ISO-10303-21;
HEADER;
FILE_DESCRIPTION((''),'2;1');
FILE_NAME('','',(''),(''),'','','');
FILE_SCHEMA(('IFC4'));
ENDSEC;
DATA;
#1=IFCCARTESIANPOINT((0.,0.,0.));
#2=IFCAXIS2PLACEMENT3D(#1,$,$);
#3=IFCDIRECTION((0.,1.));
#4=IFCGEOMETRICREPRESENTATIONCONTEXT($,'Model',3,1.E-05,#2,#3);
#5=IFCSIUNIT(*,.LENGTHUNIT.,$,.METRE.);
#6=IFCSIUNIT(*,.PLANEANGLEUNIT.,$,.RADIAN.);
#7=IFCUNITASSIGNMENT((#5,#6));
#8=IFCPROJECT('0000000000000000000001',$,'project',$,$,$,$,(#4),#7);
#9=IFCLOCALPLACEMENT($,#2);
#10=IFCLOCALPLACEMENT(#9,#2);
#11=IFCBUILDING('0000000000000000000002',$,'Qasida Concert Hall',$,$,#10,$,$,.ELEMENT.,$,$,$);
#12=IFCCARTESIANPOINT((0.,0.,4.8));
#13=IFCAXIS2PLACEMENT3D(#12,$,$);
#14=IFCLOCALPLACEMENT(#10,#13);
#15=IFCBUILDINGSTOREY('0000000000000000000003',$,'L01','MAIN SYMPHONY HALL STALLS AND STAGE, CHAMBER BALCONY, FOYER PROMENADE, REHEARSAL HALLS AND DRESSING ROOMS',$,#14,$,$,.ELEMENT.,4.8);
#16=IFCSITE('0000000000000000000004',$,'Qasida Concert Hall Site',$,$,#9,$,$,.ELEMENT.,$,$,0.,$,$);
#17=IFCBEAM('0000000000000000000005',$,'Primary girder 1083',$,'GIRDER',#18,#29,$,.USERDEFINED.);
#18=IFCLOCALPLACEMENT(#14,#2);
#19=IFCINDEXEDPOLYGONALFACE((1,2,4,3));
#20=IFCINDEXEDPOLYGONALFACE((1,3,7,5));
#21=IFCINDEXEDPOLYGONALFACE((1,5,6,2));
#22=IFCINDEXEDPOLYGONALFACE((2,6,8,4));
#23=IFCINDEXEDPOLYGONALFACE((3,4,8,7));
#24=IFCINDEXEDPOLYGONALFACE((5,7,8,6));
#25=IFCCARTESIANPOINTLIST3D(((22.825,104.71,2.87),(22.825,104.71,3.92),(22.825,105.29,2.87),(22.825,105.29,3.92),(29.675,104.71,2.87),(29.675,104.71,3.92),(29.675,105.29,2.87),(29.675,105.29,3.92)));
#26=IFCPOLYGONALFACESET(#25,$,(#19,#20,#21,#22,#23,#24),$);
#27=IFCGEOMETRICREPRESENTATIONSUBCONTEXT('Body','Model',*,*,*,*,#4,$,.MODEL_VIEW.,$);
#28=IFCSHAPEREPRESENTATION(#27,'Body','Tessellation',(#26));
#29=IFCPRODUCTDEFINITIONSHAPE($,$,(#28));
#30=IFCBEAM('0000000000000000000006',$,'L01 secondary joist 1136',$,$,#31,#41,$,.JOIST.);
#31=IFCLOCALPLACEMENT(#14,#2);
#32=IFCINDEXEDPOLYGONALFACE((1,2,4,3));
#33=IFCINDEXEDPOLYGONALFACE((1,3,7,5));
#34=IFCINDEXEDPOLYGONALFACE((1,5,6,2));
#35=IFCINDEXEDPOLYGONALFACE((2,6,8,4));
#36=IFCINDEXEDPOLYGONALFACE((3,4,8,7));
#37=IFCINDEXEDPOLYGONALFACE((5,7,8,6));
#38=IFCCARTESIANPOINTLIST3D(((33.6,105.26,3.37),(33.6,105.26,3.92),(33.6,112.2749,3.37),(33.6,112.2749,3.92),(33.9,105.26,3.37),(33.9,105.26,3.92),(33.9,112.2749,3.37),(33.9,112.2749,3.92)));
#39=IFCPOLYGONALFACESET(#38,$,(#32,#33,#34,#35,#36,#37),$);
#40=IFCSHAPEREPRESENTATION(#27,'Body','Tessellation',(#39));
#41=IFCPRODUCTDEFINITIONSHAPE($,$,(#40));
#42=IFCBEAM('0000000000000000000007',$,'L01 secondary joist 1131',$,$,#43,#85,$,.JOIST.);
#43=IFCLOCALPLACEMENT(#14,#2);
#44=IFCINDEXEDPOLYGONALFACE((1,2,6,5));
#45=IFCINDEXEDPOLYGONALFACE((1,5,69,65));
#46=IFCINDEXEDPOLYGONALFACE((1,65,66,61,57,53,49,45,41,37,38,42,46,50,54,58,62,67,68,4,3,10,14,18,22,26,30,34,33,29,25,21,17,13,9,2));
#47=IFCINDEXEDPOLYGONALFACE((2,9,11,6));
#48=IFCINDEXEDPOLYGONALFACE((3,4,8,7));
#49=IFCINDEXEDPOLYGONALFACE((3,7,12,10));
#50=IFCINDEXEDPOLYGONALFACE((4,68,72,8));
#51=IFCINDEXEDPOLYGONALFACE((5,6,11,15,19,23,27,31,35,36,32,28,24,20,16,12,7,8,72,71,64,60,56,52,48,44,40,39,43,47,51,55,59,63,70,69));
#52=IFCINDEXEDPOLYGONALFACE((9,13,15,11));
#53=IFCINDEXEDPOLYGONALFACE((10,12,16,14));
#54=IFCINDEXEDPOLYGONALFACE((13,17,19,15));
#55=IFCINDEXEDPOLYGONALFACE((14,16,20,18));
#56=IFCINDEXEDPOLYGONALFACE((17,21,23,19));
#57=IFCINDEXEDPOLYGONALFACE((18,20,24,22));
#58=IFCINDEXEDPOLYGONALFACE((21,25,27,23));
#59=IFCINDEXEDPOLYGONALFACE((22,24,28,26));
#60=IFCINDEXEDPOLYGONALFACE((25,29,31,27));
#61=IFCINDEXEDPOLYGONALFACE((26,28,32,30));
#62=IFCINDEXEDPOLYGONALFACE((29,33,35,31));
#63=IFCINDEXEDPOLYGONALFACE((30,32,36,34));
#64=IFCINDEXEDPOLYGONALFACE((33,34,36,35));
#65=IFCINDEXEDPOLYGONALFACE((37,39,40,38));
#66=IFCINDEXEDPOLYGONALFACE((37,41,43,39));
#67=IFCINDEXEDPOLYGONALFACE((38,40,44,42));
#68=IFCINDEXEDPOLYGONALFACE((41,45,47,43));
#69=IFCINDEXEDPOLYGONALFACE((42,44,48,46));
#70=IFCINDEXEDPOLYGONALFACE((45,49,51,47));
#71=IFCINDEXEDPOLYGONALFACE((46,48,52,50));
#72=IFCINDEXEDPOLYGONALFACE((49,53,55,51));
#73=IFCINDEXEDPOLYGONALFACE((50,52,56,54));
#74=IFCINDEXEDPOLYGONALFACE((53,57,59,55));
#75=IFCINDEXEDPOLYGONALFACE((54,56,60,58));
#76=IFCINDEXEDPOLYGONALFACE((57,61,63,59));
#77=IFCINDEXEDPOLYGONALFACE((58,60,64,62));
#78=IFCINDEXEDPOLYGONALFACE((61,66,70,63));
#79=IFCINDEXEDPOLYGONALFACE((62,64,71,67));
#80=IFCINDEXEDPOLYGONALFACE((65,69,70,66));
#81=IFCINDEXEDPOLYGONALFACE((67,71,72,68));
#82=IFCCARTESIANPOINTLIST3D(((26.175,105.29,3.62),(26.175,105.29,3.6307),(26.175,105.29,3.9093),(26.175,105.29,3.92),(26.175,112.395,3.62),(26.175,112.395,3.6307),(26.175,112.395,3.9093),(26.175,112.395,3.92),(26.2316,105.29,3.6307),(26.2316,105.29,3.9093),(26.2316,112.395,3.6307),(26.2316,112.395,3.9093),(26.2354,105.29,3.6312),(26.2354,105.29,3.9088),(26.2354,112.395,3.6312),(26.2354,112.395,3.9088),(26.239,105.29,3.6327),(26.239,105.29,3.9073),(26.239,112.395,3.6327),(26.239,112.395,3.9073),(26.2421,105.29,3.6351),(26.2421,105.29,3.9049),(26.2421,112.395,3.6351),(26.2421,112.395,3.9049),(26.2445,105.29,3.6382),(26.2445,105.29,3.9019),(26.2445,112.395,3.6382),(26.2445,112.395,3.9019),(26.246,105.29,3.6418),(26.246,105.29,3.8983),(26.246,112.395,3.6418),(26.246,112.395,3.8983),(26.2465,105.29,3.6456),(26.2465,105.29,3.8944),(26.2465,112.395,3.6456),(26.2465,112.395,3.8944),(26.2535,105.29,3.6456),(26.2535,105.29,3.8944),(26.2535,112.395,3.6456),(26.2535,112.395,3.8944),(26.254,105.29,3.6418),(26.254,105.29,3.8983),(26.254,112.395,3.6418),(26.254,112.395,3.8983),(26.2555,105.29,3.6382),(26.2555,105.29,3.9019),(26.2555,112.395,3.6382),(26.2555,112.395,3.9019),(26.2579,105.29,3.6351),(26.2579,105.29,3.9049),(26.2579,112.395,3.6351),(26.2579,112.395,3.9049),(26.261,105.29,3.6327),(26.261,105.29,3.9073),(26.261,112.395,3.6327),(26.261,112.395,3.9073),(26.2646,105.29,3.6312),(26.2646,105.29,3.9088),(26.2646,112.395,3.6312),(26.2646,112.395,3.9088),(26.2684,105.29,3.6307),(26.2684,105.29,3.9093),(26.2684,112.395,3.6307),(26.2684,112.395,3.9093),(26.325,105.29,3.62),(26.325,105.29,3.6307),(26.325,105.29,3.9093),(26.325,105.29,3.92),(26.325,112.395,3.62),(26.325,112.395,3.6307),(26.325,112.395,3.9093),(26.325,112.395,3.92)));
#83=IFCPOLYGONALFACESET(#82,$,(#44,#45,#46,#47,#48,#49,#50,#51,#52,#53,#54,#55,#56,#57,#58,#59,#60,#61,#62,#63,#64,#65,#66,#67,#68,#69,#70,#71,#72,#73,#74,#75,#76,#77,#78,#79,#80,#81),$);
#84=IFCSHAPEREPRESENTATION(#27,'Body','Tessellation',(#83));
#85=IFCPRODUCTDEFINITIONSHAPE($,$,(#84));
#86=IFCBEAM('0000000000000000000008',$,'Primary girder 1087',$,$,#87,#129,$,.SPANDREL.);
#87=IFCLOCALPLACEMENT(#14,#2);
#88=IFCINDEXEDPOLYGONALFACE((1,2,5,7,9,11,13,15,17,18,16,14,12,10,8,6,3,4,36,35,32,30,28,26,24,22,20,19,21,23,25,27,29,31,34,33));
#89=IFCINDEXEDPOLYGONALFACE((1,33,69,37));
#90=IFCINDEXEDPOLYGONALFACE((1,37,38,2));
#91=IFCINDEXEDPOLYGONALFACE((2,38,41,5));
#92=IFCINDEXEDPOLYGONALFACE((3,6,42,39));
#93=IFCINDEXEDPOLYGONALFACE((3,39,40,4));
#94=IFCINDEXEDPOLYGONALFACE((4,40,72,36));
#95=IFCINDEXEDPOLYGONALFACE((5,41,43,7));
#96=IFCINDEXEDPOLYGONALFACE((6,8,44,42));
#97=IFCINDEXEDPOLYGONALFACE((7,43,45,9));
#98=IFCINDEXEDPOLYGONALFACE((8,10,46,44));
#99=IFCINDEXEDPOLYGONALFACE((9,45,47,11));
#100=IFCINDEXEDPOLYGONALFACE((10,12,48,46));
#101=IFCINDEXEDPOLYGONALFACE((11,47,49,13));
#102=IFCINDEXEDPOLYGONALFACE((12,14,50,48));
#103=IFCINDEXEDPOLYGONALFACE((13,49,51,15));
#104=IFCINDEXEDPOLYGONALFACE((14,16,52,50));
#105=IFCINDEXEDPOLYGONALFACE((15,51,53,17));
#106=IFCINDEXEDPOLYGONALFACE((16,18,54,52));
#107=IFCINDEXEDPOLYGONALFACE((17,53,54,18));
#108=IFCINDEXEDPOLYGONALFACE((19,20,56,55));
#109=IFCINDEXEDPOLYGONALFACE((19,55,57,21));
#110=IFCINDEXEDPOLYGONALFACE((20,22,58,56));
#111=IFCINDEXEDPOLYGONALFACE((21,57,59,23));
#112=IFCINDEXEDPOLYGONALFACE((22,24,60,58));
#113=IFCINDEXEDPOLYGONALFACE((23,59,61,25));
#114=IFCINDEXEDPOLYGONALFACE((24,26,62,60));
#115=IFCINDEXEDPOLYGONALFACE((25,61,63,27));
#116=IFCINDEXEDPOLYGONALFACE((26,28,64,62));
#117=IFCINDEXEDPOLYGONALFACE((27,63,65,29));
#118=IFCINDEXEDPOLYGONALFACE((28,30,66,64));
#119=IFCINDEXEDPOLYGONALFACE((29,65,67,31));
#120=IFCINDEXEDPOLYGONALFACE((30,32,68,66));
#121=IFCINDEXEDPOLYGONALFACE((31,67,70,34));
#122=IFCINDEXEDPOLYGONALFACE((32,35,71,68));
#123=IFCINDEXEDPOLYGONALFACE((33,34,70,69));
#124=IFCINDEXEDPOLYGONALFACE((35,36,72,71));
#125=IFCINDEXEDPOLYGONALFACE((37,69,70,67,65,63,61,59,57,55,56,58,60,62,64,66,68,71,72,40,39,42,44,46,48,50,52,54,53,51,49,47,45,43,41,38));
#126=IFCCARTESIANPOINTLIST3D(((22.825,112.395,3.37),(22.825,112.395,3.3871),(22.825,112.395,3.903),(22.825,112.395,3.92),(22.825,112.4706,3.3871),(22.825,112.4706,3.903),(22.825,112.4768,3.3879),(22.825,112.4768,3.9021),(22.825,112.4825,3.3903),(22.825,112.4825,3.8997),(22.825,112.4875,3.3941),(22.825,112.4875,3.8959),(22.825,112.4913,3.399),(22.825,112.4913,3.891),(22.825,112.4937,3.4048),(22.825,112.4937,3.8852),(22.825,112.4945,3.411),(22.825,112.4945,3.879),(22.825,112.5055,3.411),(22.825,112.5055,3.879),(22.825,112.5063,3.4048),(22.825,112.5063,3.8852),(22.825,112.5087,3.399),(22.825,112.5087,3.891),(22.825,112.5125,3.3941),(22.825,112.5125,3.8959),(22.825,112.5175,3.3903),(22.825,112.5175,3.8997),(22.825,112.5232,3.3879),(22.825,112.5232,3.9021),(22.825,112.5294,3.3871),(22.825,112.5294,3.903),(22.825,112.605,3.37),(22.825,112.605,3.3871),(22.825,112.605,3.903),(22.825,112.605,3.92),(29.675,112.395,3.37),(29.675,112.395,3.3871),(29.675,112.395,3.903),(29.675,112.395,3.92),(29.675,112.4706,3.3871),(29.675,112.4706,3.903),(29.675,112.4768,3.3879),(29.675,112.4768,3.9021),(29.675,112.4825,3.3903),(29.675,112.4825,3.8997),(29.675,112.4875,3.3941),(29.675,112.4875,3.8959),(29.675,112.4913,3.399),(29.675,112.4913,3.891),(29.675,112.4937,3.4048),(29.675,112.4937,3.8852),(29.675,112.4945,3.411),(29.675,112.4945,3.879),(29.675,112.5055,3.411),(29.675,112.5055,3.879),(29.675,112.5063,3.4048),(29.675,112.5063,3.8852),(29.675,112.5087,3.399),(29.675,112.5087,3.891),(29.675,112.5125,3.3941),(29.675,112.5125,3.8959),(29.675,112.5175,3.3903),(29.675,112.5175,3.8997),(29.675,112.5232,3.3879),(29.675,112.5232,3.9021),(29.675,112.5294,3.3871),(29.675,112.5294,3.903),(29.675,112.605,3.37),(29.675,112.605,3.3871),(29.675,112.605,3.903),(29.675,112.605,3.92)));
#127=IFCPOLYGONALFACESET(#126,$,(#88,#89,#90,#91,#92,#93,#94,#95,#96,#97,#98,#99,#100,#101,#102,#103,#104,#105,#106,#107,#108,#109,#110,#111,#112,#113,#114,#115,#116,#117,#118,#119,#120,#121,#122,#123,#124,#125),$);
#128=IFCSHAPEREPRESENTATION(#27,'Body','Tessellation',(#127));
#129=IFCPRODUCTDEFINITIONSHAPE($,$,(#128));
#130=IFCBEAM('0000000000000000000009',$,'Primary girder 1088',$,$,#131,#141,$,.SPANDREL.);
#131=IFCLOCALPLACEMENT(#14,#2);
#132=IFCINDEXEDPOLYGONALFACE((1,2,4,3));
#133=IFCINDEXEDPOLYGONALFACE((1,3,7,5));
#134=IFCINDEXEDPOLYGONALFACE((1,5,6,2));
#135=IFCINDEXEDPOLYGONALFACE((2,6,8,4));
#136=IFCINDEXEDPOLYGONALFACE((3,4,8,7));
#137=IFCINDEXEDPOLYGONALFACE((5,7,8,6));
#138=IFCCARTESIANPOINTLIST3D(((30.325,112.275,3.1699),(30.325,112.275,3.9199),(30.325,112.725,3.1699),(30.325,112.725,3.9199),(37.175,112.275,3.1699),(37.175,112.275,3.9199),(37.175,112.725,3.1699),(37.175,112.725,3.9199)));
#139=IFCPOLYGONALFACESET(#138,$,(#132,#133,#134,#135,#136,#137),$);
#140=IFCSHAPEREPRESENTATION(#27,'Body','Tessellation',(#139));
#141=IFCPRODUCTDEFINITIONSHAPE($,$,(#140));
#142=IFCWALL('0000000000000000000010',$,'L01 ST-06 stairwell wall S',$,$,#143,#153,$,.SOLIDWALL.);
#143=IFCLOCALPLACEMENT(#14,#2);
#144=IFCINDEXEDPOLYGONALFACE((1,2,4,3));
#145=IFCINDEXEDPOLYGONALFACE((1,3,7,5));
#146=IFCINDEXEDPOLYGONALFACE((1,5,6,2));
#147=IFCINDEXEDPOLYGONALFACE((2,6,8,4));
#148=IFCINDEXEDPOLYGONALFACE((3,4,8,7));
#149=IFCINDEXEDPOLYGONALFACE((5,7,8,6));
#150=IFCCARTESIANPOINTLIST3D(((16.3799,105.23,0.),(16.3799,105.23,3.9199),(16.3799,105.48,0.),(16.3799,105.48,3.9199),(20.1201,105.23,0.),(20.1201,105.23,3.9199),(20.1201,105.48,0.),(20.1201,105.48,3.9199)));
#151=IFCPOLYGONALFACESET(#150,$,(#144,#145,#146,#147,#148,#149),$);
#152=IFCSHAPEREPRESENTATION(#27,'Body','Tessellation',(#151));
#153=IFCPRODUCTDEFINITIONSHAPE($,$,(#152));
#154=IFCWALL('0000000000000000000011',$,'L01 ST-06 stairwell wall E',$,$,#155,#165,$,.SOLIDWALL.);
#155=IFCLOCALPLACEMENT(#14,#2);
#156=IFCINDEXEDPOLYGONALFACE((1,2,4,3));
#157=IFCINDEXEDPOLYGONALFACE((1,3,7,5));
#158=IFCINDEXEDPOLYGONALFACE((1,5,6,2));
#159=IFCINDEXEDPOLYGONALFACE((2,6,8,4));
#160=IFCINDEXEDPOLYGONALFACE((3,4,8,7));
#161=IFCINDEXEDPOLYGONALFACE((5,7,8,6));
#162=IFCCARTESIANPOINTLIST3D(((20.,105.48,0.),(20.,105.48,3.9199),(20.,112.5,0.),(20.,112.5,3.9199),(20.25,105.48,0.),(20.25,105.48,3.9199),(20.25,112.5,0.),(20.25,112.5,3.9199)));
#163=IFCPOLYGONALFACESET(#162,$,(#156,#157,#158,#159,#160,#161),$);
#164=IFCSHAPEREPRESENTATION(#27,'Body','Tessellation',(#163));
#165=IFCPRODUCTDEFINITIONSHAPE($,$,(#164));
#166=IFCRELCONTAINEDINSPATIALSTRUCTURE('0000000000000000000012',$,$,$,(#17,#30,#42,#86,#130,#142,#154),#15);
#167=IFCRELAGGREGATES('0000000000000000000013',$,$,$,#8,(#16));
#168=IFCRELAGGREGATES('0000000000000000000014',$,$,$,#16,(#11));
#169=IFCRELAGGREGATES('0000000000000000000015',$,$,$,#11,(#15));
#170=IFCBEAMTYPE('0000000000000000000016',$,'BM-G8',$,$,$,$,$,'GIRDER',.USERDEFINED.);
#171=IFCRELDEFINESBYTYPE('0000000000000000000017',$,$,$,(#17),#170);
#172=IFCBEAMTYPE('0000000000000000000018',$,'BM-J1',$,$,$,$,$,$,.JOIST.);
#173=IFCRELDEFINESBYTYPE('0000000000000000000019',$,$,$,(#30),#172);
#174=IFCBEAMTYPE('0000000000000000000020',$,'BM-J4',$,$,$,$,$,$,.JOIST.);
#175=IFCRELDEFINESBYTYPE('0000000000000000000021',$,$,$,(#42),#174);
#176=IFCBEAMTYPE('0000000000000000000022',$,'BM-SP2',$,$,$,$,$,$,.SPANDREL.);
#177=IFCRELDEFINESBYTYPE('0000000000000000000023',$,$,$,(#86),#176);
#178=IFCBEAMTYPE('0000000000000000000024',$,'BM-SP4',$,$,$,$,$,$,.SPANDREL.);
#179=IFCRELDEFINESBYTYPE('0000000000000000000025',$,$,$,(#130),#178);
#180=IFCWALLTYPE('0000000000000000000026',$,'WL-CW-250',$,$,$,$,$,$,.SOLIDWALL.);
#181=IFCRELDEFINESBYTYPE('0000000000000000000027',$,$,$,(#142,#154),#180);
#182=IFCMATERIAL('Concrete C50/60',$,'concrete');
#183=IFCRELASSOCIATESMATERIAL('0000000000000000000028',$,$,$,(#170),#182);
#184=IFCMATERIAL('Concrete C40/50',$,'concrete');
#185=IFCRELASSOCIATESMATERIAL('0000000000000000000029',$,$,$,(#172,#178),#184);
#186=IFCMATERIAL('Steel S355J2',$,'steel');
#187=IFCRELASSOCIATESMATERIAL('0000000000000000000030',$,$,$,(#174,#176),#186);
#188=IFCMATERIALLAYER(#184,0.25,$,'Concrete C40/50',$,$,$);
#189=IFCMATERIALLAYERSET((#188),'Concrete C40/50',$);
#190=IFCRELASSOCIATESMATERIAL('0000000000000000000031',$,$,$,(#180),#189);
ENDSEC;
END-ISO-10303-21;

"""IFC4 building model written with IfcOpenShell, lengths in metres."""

from ifc_helpers import new_model, si_unit, direction, frame, frame_2d, origin, origin_2d, place, context, subcontext, project, spatial, rectangle, i_section, extrude, material, layer, layer_set, material_profile, profile_set, type_object, element, save


model = new_model("IFC4")

# Units and contexts
model_context = context("Model", 3, precision=1e-05, world=origin(), true_north=direction((0.0, 1.0)))
body_context = subcontext(model_context, "Body", "Model", "MODEL_VIEW")
ifc_project = project(units=[si_unit("LENGTHUNIT", "METRE"), si_unit("PLANEANGLEUNIT", "RADIAN")], contexts=[model_context])

# Site, building, storey
site_placement = place(None, origin())
site = spatial("IfcSite", under=ifc_project, at=site_placement, Name="Qasida Concert Hall Site", CompositionType="ELEMENT", RefElevation=0.0)
building_placement = place(site_placement, origin())
building = spatial("IfcBuilding", under=site, at=building_placement, Name="Qasida Concert Hall", CompositionType="ELEMENT")
storey_placement = place(building_placement, frame((0.0, 0.0, 4.8)))
storey = spatial("IfcBuildingStorey", under=building, at=storey_placement, Name="L01", Description="MAIN SYMPHONY HALL STALLS AND STAGE, CHAMBER BALCONY, FOYER PROMENADE, REHEARSAL HALLS AND DRESSING ROOMS", CompositionType="ELEMENT", Elevation=4.8)

# Shared definitions
ifc_material_1 = material(Name="Concrete C50/60", Category="concrete")

# Beams
ifc_material_2 = material(Name="Concrete C40/50", Category="concrete")
ifc_material_3 = material(Name="Steel S355J2", Category="steel")
ifc_material_profile_1 = material_profile(ifc_material_1, rectangle(XDim=0.5801, YDim=1.05, at=origin_2d()), Name="RC 580x1050")
ifc_profile_set_1 = profile_set([ifc_material_profile_1], Name="Concrete C50/60")
beam_type_1 = type_object("IfcBeamType", Name="BM-G8", ElementType="GIRDER", PredefinedType="USERDEFINED", material=ifc_profile_set_1)
beam_1_placement = place(storey_placement, frame((22.825, 105.0, 3.395), z_axis=(1.0, 0.0, 0.0), x_axis=(0.0, 1.0, 0.0)))
element("IfcBeam", 1, at=beam_1_placement, inside=storey, type_object=beam_type_1, Name="Primary girder 1083", ObjectType="GIRDER", PredefinedType="USERDEFINED", context=body_context, shape_type="SweptSolid", body=[
    extrude(rectangle(XDim=0.5801, YDim=1.05, at=origin_2d()), origin(), (0.0, 0.0, 1.0), 6.8501),
])
ifc_material_profile_2 = material_profile(ifc_material_2, rectangle(XDim=0.3, YDim=0.55, at=origin_2d()), Name="RC 300x550")
ifc_profile_set_2 = profile_set([ifc_material_profile_2], Name="Concrete C40/50")
beam_type_2 = type_object("IfcBeamType", Name="BM-J1", PredefinedType="JOIST", material=ifc_profile_set_2)
beam_2_placement = place(storey_placement, frame((33.75, 105.26, 3.645), z_axis=(0.0, 1.0, 0.0), x_axis=(-1.0, 0.0, 0.0)))
element("IfcBeam", 2, at=beam_2_placement, inside=storey, type_object=beam_type_2, Name="L01 secondary joist 1136", PredefinedType="JOIST", context=body_context, shape_type="SweptSolid", body=[
    extrude(rectangle(XDim=0.3, YDim=0.55, at=origin_2d()), origin(), (0.0, 0.0, 1.0), 7.0149),
])
ifc_material_profile_3 = material_profile(ifc_material_3, i_section(OverallWidth=0.1499, OverallDepth=0.3, WebThickness=0.0071, FlangeThickness=0.0107, FilletRadius=0.0149, at=origin_2d()), Name="IPE 300")
ifc_profile_set_3 = profile_set([ifc_material_profile_3], Name="Steel S355J2")
beam_type_3 = type_object("IfcBeamType", Name="BM-J4", PredefinedType="JOIST", material=ifc_profile_set_3)
beam_3_placement = place(storey_placement, frame((26.25, 105.29, 3.77), z_axis=(0.0, 1.0, 0.0), x_axis=(-1.0, 0.0, 0.0)))
element("IfcBeam", 3, at=beam_3_placement, inside=storey, type_object=beam_type_3, Name="L01 secondary joist 1131", PredefinedType="JOIST", context=body_context, shape_type="SweptSolid", body=[
    extrude(i_section(OverallWidth=0.1499, OverallDepth=0.3, WebThickness=0.0071, FlangeThickness=0.0107, FilletRadius=0.0149, at=origin_2d()), origin(), (0.0, 0.0, 1.0), 7.105),
])
ifc_material_profile_4 = material_profile(ifc_material_3, i_section(OverallWidth=0.21, OverallDepth=0.55, WebThickness=0.011, FlangeThickness=0.0171, FilletRadius=0.0239, at=origin_2d()), Name="IPE 550")
ifc_profile_set_4 = profile_set([ifc_material_profile_4], Name="Steel S355J2")
beam_type_4 = type_object("IfcBeamType", Name="BM-SP2", PredefinedType="SPANDREL", material=ifc_profile_set_4)
beam_4_placement = place(storey_placement, frame((22.825, 112.5, 3.645), z_axis=(1.0, 0.0, 0.0), x_axis=(0.0, 1.0, 0.0)))
element("IfcBeam", 4, at=beam_4_placement, inside=storey, type_object=beam_type_4, Name="Primary girder 1087", PredefinedType="SPANDREL", context=body_context, shape_type="SweptSolid", body=[
    extrude(i_section(OverallWidth=0.21, OverallDepth=0.55, WebThickness=0.011, FlangeThickness=0.0171, FilletRadius=0.0239, at=origin_2d()), origin(), (0.0, 0.0, 1.0), 6.8501),
])
ifc_material_profile_5 = material_profile(ifc_material_2, rectangle(XDim=0.45, YDim=0.75, at=origin_2d()), Name="RC 450x750")
ifc_profile_set_5 = profile_set([ifc_material_profile_5], Name="Concrete C40/50")
beam_type_5 = type_object("IfcBeamType", Name="BM-SP4", PredefinedType="SPANDREL", material=ifc_profile_set_5)
beam_5_placement = place(storey_placement, frame((30.325, 112.5, 3.5449), z_axis=(1.0, 0.0, 0.0), x_axis=(0.0, 1.0, 0.0)))
element("IfcBeam", 5, at=beam_5_placement, inside=storey, type_object=beam_type_5, Name="Primary girder 1088", PredefinedType="SPANDREL", context=body_context, shape_type="SweptSolid", body=[
    extrude(rectangle(XDim=0.45, YDim=0.75, at=origin_2d()), origin(), (0.0, 0.0, 1.0), 6.8501),
])

# Walls
ifc_layer_1 = layer(ifc_material_2, 0.25, Name="Concrete C40/50")
ifc_layer_set_1 = layer_set([ifc_layer_1], Name="Concrete C40/50")
wall_type_1 = type_object("IfcWallType", Name="WL-CW-250", PredefinedType="SOLIDWALL", material=ifc_layer_set_1)
wall_1_placement = place(storey_placement, frame((16.3799, 105.355, 0.0), z_axis=(0.0, 0.0, 1.0), x_axis=(1.0, 0.0, 0.0)))
element("IfcWall", 6, at=wall_1_placement, inside=storey, type_object=wall_type_1, Name="L01 ST-06 stairwell wall S", PredefinedType="SOLIDWALL", context=body_context, shape_type="SweptSolid", body=[
    extrude(rectangle(XDim=3.7402, YDim=0.25, at=frame_2d((1.8701, 0.0))), origin(), (0.0, 0.0, 1.0), 3.9199),
])
wall_2_placement = place(storey_placement, frame((20.125, 105.48, 0.0), z_axis=(0.0, 0.0, 1.0), x_axis=(0.0, 1.0, 0.0)))
element("IfcWall", 7, at=wall_2_placement, inside=storey, type_object=wall_type_1, Name="L01 ST-06 stairwell wall E", PredefinedType="SOLIDWALL", context=body_context, shape_type="SweptSolid", body=[
    extrude(rectangle(XDim=7.02, YDim=0.25, at=frame_2d((3.51, 0.0))), origin(), (0.0, 0.0, 1.0), 3.9199),
])

save(model, "model.ifc")
